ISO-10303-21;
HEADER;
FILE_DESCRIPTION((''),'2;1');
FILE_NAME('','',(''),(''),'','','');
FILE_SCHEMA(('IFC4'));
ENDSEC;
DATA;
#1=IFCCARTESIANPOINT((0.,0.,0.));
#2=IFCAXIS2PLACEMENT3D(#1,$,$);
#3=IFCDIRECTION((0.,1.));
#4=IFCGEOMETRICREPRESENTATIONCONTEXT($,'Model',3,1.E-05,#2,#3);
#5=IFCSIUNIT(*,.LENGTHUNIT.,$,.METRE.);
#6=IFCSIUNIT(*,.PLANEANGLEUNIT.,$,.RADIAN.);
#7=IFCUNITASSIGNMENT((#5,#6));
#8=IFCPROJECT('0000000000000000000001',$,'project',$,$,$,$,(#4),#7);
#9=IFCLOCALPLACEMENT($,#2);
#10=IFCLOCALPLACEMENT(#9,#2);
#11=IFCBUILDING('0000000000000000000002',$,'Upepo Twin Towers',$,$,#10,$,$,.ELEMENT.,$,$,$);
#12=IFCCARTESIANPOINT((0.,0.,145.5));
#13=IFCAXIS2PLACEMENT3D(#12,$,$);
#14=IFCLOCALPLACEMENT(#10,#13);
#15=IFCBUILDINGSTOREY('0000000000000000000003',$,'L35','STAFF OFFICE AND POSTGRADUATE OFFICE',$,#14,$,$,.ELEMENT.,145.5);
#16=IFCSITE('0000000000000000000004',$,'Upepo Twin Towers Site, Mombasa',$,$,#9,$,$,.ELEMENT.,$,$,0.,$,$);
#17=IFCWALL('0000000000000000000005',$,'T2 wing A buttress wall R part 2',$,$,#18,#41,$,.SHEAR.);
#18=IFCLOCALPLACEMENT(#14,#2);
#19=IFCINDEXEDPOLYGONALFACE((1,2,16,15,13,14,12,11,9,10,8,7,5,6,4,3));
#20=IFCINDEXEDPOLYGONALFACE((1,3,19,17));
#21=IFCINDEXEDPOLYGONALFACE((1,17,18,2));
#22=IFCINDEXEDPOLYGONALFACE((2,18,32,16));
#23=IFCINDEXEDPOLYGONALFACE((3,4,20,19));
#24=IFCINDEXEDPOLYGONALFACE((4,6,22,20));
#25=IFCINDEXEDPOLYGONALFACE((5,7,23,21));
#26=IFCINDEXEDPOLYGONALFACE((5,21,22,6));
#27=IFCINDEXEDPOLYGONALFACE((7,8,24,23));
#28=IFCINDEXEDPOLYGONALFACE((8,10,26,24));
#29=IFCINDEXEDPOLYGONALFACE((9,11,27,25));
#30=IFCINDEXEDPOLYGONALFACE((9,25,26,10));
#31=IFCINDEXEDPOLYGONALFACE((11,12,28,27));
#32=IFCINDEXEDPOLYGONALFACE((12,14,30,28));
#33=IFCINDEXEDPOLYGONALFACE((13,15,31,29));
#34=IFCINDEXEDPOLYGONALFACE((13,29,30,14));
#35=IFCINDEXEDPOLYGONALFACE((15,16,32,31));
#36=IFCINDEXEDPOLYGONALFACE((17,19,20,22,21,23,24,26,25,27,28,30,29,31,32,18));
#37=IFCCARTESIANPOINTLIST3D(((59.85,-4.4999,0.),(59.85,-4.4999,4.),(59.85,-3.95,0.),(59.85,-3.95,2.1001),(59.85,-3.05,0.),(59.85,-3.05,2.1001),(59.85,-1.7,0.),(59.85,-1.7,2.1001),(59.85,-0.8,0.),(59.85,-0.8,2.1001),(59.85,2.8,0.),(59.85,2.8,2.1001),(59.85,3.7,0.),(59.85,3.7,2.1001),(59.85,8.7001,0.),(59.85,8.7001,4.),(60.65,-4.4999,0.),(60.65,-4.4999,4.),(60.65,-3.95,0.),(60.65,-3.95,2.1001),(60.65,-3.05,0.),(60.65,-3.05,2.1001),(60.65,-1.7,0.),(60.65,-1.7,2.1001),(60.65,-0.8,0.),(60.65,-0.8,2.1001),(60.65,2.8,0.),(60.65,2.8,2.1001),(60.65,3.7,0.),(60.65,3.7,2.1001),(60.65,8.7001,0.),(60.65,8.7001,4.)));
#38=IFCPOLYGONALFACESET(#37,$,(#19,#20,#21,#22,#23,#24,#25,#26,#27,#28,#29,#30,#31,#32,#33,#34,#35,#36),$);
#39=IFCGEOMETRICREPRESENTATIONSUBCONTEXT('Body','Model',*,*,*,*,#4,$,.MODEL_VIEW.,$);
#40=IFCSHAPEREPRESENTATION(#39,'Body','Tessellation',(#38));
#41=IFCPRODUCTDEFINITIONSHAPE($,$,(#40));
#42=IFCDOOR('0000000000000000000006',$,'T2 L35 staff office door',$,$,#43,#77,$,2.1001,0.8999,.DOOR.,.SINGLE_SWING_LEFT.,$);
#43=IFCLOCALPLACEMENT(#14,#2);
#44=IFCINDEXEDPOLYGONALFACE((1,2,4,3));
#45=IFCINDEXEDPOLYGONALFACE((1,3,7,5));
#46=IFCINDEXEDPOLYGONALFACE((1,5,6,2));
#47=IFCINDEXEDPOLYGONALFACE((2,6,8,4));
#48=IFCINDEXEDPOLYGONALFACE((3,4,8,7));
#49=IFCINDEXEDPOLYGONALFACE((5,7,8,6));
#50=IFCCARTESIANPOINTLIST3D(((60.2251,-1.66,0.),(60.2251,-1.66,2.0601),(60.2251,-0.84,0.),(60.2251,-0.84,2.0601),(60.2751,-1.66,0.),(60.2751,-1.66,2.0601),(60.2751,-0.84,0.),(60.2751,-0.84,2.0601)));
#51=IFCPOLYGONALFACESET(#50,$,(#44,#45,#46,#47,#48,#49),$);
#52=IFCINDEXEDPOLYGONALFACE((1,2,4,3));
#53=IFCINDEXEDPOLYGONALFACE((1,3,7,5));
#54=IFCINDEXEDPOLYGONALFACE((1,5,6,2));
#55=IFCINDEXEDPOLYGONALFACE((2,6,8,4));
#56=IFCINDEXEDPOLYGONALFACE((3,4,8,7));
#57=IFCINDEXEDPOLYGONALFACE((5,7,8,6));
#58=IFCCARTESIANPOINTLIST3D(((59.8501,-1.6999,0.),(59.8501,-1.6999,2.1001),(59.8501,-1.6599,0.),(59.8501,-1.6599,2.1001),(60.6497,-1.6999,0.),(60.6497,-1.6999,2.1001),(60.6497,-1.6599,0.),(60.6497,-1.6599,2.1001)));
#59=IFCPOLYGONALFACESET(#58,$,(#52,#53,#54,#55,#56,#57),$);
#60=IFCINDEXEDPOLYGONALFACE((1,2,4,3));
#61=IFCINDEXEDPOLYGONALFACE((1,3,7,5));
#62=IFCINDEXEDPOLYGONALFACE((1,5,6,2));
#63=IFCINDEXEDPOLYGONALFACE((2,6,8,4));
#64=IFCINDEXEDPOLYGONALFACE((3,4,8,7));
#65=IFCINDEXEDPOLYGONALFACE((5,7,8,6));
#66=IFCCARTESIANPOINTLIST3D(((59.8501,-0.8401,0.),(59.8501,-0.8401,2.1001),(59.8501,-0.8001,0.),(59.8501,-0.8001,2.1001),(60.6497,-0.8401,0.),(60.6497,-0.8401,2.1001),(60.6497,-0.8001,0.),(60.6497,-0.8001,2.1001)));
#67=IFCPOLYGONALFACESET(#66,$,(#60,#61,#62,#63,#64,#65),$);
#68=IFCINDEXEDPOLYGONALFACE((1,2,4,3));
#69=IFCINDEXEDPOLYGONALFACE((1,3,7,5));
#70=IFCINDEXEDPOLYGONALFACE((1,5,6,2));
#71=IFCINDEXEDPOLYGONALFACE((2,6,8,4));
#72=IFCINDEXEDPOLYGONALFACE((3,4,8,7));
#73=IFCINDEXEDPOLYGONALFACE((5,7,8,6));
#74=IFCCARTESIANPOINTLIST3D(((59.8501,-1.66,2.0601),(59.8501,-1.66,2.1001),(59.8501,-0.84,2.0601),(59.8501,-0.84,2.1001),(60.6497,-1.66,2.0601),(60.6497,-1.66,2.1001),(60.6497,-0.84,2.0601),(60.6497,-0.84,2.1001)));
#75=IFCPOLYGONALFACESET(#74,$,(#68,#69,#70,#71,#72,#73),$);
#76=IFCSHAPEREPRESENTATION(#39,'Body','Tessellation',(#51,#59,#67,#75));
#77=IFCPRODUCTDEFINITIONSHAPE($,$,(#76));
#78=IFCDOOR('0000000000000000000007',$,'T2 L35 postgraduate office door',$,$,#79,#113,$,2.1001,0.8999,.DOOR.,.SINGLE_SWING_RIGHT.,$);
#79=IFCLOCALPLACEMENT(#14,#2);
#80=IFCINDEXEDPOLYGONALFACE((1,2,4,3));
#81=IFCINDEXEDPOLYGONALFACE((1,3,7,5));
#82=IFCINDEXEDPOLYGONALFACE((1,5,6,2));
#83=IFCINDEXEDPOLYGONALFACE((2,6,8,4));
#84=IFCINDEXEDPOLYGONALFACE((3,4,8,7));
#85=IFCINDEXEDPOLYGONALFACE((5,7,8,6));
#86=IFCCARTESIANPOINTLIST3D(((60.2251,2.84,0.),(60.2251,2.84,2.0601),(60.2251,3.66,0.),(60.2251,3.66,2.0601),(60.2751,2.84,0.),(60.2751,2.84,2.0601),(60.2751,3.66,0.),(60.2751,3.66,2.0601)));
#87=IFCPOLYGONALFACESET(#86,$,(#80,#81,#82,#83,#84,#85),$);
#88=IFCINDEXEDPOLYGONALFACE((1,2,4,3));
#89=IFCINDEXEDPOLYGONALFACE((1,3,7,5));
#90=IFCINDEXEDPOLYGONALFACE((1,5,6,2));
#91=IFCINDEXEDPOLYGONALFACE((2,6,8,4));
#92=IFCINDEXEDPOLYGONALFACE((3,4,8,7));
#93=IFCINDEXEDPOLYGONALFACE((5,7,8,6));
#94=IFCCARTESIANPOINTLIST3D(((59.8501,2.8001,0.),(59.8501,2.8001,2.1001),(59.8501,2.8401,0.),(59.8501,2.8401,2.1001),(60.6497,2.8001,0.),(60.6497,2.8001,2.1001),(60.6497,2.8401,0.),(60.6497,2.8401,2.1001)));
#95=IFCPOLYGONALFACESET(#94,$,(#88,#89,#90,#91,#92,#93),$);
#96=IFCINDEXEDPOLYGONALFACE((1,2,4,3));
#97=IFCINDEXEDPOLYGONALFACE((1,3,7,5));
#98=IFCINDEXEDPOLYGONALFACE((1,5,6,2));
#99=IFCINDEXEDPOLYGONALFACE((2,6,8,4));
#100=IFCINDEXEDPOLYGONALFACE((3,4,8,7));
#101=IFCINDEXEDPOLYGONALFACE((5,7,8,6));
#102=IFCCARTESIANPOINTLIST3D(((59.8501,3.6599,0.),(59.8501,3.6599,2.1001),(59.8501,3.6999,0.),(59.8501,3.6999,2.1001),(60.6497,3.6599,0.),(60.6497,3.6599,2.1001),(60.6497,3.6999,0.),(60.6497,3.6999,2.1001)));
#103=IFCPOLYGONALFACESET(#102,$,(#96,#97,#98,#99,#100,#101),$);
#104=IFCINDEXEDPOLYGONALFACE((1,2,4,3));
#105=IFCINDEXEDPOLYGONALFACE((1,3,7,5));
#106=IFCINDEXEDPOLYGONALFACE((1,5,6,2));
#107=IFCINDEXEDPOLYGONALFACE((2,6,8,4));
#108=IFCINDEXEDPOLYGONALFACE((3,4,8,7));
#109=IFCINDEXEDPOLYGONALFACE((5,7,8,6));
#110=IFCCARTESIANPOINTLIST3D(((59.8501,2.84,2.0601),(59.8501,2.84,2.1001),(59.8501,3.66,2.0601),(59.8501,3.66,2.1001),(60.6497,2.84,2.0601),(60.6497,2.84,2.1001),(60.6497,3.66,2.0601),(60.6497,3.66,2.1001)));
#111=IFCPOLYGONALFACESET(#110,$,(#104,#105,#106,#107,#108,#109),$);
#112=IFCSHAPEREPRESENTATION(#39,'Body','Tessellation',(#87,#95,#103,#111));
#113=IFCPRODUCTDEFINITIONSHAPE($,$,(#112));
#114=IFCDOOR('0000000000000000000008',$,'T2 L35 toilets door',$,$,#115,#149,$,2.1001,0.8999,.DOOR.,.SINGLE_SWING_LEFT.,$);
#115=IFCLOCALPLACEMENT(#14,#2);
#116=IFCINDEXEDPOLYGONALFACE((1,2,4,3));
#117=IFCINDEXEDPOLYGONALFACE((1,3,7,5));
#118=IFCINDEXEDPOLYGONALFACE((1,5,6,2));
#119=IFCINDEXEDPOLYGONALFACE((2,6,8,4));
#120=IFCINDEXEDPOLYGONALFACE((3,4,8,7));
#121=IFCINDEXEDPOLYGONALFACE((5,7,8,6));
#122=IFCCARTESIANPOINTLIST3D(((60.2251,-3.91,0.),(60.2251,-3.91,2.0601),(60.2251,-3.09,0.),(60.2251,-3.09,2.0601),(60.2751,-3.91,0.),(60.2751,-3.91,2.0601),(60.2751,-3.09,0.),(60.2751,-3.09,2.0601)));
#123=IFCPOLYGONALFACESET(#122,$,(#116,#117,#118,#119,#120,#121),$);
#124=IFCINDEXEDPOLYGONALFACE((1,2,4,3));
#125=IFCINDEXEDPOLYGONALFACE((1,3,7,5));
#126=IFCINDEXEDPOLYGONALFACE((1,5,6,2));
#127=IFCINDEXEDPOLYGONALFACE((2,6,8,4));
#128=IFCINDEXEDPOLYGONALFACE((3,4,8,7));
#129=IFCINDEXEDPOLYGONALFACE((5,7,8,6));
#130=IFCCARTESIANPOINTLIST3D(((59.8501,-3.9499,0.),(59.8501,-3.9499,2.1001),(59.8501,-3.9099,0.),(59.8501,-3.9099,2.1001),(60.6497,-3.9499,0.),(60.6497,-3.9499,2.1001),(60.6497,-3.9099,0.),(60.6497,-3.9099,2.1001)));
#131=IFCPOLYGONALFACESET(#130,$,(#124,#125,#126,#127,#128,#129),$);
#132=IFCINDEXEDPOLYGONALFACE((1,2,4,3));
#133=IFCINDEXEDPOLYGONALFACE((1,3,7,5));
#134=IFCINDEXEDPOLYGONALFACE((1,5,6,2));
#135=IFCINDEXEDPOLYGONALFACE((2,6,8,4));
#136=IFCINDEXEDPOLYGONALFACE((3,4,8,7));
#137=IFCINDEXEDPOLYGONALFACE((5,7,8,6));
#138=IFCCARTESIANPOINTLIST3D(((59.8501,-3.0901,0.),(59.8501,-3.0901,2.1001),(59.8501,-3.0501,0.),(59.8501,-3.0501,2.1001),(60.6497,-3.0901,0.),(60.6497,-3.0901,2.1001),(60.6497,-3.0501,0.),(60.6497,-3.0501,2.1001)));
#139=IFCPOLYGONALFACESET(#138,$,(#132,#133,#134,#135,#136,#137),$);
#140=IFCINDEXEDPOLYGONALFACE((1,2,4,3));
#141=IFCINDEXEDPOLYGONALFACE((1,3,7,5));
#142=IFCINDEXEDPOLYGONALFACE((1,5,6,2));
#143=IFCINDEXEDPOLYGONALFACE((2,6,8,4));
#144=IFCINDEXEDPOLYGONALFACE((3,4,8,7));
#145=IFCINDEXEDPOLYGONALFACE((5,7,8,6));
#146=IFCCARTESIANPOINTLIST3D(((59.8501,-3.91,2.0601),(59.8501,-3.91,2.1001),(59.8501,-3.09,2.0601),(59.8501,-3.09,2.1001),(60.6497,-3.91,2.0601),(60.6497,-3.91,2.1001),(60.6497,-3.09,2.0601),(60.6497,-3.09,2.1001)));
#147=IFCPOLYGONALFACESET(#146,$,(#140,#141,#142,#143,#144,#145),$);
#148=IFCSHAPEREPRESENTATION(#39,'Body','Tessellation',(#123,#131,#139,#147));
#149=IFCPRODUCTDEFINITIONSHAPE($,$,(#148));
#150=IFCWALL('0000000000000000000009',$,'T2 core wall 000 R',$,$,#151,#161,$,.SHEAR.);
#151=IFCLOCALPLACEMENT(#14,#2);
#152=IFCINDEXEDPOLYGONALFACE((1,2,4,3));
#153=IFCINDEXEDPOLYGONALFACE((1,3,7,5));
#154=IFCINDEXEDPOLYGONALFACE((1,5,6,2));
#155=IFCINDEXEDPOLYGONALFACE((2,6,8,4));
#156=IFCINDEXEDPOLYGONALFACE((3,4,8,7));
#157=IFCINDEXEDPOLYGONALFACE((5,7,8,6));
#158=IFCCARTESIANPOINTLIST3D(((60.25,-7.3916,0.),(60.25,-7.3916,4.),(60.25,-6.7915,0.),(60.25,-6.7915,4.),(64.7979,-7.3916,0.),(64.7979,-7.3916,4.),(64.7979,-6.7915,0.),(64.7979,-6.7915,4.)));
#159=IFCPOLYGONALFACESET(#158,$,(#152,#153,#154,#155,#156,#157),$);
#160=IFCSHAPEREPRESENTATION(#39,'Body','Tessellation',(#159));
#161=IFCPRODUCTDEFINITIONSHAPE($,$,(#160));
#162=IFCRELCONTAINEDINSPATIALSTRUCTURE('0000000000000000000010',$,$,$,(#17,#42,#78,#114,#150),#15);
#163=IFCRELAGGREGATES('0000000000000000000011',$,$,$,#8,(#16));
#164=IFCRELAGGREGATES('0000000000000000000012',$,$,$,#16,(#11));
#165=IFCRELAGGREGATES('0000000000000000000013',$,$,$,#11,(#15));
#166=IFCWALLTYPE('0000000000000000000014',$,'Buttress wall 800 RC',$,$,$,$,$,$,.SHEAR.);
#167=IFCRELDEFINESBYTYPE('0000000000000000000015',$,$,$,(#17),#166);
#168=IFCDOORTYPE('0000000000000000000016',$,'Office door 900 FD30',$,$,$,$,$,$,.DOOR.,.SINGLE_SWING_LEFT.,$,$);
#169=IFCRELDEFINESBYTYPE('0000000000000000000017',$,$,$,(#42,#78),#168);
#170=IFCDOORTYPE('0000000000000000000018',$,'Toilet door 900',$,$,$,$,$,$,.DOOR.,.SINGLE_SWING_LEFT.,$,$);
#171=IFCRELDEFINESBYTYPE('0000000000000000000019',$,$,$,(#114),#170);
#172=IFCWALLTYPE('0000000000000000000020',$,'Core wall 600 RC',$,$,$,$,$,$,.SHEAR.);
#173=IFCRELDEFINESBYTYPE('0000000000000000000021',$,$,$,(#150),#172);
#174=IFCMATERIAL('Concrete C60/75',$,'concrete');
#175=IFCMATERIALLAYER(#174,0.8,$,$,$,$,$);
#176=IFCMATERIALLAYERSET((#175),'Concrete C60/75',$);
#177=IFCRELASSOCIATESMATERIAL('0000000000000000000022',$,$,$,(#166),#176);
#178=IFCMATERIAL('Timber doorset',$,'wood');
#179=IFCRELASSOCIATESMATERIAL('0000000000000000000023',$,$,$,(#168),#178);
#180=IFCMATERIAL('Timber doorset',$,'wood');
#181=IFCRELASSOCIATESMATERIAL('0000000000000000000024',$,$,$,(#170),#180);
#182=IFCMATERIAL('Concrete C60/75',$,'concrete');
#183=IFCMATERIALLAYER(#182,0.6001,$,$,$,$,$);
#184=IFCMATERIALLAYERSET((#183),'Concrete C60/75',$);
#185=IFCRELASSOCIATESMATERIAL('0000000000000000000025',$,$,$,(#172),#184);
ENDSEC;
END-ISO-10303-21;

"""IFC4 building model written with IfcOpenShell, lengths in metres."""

from ifc_helpers import new_model, si_unit, direction, frame, frame_2d, origin, place, context, subcontext, project, spatial, rectangle, extrude, material, layer, layer_set, type_object, element, fill, save


model = new_model("IFC4")

# Units and contexts
model_context = context("Model", 3, precision=1e-05, world=origin(), true_north=direction((0.0, 1.0)))
body_context = subcontext(model_context, "Body", "Model", "MODEL_VIEW")
ifc_project = project(units=[si_unit("LENGTHUNIT", "METRE"), si_unit("PLANEANGLEUNIT", "RADIAN")], contexts=[model_context])

# Site, building, storey
site_placement = place(None, origin())
site = spatial("IfcSite", under=ifc_project, at=site_placement, Name="Upepo Twin Towers Site, Mombasa", CompositionType="ELEMENT", RefElevation=0.0)
building_placement = place(site_placement, origin())
building = spatial("IfcBuilding", under=site, at=building_placement, Name="Upepo Twin Towers", CompositionType="ELEMENT")
storey_placement = place(building_placement, frame((0.0, 0.0, 145.5)))
storey = spatial("IfcBuildingStorey", under=building, at=storey_placement, Name="L35", Description="STAFF OFFICE AND POSTGRADUATE OFFICE", CompositionType="ELEMENT", Elevation=145.5)

# Wall, openings, doors
ifc_material_1 = material(Name="Concrete C60/75", Category="concrete")
ifc_layer_1 = layer(ifc_material_1, 0.8)
ifc_layer_set_1 = layer_set([ifc_layer_1], Name="Concrete C60/75")
wall_type_1 = type_object("IfcWallType", Name="Buttress wall 800 RC", PredefinedType="SHEAR", material=ifc_layer_set_1)
ifc_material_2 = material(Name="Timber doorset", Category="wood")
door_type_1 = type_object("IfcDoorType", Name="Office door 900 FD30", OperationType="SINGLE_SWING_LEFT", PredefinedType="DOOR", material=ifc_material_2)
ifc_material_3 = material(Name="Timber doorset", Category="wood")
door_type_2 = type_object("IfcDoorType", Name="Toilet door 900", OperationType="SINGLE_SWING_LEFT", PredefinedType="DOOR", material=ifc_material_3)
wall_1_placement = place(storey_placement, frame((60.25, -4.5, 0.0), z_axis=(0.0, 0.0, 1.0), x_axis=(0.0, 1.0, 0.0)))
wall_1 = element("IfcWall", 1, at=wall_1_placement, inside=storey, type_object=wall_type_1, Name="T2 wing A buttress wall R part 2", PredefinedType="SHEAR", context=body_context, shape_type="SweptSolid", body=[
    extrude(rectangle(XDim=13.2, YDim=0.8, at=frame_2d((6.6001, 0.0))), origin(), (0.0, 0.0, 1.0), 4.0),
])
opening_1_placement = place(wall_1_placement, frame((0.55, 0.0, 0.0)))
opening_1 = element("IfcOpeningElement", 2, at=opening_1_placement, cuts=wall_1, PredefinedType="OPENING", context=body_context, shape_type="SweptSolid", body=[
    extrude(rectangle(XDim=0.8999, YDim=2.1001, at=frame_2d((0.45, 1.05))), frame((0.0, 0.4099, 0.0), z_axis=(0.0, -1.0, 0.0), x_axis=(1.0, 0.0, 0.0)), (0.0, 0.0, 1.0), 0.8201),
])
opening_2_placement = place(wall_1_placement, frame((2.8, 0.0, 0.0)))
opening_2 = element("IfcOpeningElement", 3, at=opening_2_placement, cuts=wall_1, PredefinedType="OPENING", context=body_context, shape_type="SweptSolid", body=[
    extrude(rectangle(XDim=0.8999, YDim=2.1001, at=frame_2d((0.45, 1.05))), frame((0.0, 0.4099, 0.0), z_axis=(0.0, -1.0, 0.0), x_axis=(1.0, 0.0, 0.0)), (0.0, 0.0, 1.0), 0.8201),
])
opening_3_placement = place(wall_1_placement, frame((7.3, 0.0, 0.0)))
opening_3 = element("IfcOpeningElement", 4, at=opening_3_placement, cuts=wall_1, PredefinedType="OPENING", context=body_context, shape_type="SweptSolid", body=[
    extrude(rectangle(XDim=0.8999, YDim=2.1001, at=frame_2d((0.45, 1.05))), frame((0.0, 0.4099, 0.0), z_axis=(0.0, -1.0, 0.0), x_axis=(1.0, 0.0, 0.0)), (0.0, 0.0, 1.0), 0.8201),
])
door_1_placement = place(opening_2_placement, origin())
door_1 = element("IfcDoor", 5, at=door_1_placement, inside=storey, type_object=door_type_1, Name="T2 L35 staff office door", OperationType="SINGLE_SWING_LEFT", OverallHeight=2.1001, OverallWidth=0.8999, PredefinedType="DOOR", context=body_context, shape_type="SweptSolid", body=[
    extrude(rectangle(XDim=0.8199, YDim=2.0601, at=frame_2d((0.45, 1.03))), frame((0.0, 0.0249, 0.0), z_axis=(0.0, -1.0, 0.0), x_axis=(1.0, 0.0, 0.0)), (0.0, 0.0, 1.0), 0.05),
    extrude(rectangle(XDim=0.04, YDim=2.1001, at=frame_2d((0.02, 1.05))), frame((0.0, 0.3999, 0.0), z_axis=(0.0, -1.0, 0.0), x_axis=(1.0, 0.0, 0.0)), (0.0, 0.0, 1.0), 0.7996),
    extrude(rectangle(XDim=0.04, YDim=2.1001, at=frame_2d((0.8799, 1.05))), frame((0.0, 0.3999, 0.0), z_axis=(0.0, -1.0, 0.0), x_axis=(1.0, 0.0, 0.0)), (0.0, 0.0, 1.0), 0.7996),
    extrude(rectangle(XDim=0.8199, YDim=0.04, at=frame_2d((0.45, 2.0801))), frame((0.0, 0.3999, 0.0), z_axis=(0.0, -1.0, 0.0), x_axis=(1.0, 0.0, 0.0)), (0.0, 0.0, 1.0), 0.7996),
])
fill(opening_2, door_1)
door_2_placement = place(opening_3_placement, origin())
door_2 = element("IfcDoor", 6, at=door_2_placement, inside=storey, type_object=door_type_1, Name="T2 L35 postgraduate office door", OperationType="SINGLE_SWING_RIGHT", OverallHeight=2.1001, OverallWidth=0.8999, PredefinedType="DOOR", context=body_context, shape_type="SweptSolid", body=[
    extrude(rectangle(XDim=0.8199, YDim=2.0601, at=frame_2d((0.45, 1.03))), frame((0.0, 0.0249, 0.0), z_axis=(0.0, -1.0, 0.0), x_axis=(1.0, 0.0, 0.0)), (0.0, 0.0, 1.0), 0.05),
    extrude(rectangle(XDim=0.04, YDim=2.1001, at=frame_2d((0.02, 1.05))), frame((0.0, 0.3999, 0.0), z_axis=(0.0, -1.0, 0.0), x_axis=(1.0, 0.0, 0.0)), (0.0, 0.0, 1.0), 0.7996),
    extrude(rectangle(XDim=0.04, YDim=2.1001, at=frame_2d((0.8799, 1.05))), frame((0.0, 0.3999, 0.0), z_axis=(0.0, -1.0, 0.0), x_axis=(1.0, 0.0, 0.0)), (0.0, 0.0, 1.0), 0.7996),
    extrude(rectangle(XDim=0.8199, YDim=0.04, at=frame_2d((0.45, 2.0801))), frame((0.0, 0.3999, 0.0), z_axis=(0.0, -1.0, 0.0), x_axis=(1.0, 0.0, 0.0)), (0.0, 0.0, 1.0), 0.7996),
])
fill(opening_3, door_2)
door_3_placement = place(opening_1_placement, origin())
door_3 = element("IfcDoor", 7, at=door_3_placement, inside=storey, type_object=door_type_2, Name="T2 L35 toilets door", OperationType="SINGLE_SWING_LEFT", OverallHeight=2.1001, OverallWidth=0.8999, PredefinedType="DOOR", context=body_context, shape_type="SweptSolid", body=[
    extrude(rectangle(XDim=0.8199, YDim=2.0601, at=frame_2d((0.45, 1.03))), frame((0.0, 0.0249, 0.0), z_axis=(0.0, -1.0, 0.0), x_axis=(1.0, 0.0, 0.0)), (0.0, 0.0, 1.0), 0.05),
    extrude(rectangle(XDim=0.04, YDim=2.1001, at=frame_2d((0.02, 1.05))), frame((0.0, 0.3999, 0.0), z_axis=(0.0, -1.0, 0.0), x_axis=(1.0, 0.0, 0.0)), (0.0, 0.0, 1.0), 0.7996),
    extrude(rectangle(XDim=0.04, YDim=2.1001, at=frame_2d((0.8799, 1.05))), frame((0.0, 0.3999, 0.0), z_axis=(0.0, -1.0, 0.0), x_axis=(1.0, 0.0, 0.0)), (0.0, 0.0, 1.0), 0.7996),
    extrude(rectangle(XDim=0.8199, YDim=0.04, at=frame_2d((0.45, 2.0801))), frame((0.0, 0.3999, 0.0), z_axis=(0.0, -1.0, 0.0), x_axis=(1.0, 0.0, 0.0)), (0.0, 0.0, 1.0), 0.7996),
])
fill(opening_1, door_3)

# Wall
ifc_material_4 = material(Name="Concrete C60/75", Category="concrete")
ifc_layer_2 = layer(ifc_material_4, 0.6001)
ifc_layer_set_2 = layer_set([ifc_layer_2], Name="Concrete C60/75")
wall_type_2 = type_object("IfcWallType", Name="Core wall 600 RC", PredefinedType="SHEAR", material=ifc_layer_set_2)
wall_2_placement = place(storey_placement, frame((64.7979, -7.0916, 0.0), z_axis=(0.0, 0.0, 1.0), x_axis=(-1.0, 0.0, 0.0)))
element("IfcWall", 8, at=wall_2_placement, inside=storey, type_object=wall_type_2, Name="T2 core wall 000 R", PredefinedType="SHEAR", context=body_context, shape_type="SweptSolid", body=[
    extrude(rectangle(XDim=4.5479, YDim=0.6001, at=frame_2d((2.2739, 0.0))), origin(), (0.0, 0.0, 1.0), 4.0),
])

save(model, "model.ifc")
